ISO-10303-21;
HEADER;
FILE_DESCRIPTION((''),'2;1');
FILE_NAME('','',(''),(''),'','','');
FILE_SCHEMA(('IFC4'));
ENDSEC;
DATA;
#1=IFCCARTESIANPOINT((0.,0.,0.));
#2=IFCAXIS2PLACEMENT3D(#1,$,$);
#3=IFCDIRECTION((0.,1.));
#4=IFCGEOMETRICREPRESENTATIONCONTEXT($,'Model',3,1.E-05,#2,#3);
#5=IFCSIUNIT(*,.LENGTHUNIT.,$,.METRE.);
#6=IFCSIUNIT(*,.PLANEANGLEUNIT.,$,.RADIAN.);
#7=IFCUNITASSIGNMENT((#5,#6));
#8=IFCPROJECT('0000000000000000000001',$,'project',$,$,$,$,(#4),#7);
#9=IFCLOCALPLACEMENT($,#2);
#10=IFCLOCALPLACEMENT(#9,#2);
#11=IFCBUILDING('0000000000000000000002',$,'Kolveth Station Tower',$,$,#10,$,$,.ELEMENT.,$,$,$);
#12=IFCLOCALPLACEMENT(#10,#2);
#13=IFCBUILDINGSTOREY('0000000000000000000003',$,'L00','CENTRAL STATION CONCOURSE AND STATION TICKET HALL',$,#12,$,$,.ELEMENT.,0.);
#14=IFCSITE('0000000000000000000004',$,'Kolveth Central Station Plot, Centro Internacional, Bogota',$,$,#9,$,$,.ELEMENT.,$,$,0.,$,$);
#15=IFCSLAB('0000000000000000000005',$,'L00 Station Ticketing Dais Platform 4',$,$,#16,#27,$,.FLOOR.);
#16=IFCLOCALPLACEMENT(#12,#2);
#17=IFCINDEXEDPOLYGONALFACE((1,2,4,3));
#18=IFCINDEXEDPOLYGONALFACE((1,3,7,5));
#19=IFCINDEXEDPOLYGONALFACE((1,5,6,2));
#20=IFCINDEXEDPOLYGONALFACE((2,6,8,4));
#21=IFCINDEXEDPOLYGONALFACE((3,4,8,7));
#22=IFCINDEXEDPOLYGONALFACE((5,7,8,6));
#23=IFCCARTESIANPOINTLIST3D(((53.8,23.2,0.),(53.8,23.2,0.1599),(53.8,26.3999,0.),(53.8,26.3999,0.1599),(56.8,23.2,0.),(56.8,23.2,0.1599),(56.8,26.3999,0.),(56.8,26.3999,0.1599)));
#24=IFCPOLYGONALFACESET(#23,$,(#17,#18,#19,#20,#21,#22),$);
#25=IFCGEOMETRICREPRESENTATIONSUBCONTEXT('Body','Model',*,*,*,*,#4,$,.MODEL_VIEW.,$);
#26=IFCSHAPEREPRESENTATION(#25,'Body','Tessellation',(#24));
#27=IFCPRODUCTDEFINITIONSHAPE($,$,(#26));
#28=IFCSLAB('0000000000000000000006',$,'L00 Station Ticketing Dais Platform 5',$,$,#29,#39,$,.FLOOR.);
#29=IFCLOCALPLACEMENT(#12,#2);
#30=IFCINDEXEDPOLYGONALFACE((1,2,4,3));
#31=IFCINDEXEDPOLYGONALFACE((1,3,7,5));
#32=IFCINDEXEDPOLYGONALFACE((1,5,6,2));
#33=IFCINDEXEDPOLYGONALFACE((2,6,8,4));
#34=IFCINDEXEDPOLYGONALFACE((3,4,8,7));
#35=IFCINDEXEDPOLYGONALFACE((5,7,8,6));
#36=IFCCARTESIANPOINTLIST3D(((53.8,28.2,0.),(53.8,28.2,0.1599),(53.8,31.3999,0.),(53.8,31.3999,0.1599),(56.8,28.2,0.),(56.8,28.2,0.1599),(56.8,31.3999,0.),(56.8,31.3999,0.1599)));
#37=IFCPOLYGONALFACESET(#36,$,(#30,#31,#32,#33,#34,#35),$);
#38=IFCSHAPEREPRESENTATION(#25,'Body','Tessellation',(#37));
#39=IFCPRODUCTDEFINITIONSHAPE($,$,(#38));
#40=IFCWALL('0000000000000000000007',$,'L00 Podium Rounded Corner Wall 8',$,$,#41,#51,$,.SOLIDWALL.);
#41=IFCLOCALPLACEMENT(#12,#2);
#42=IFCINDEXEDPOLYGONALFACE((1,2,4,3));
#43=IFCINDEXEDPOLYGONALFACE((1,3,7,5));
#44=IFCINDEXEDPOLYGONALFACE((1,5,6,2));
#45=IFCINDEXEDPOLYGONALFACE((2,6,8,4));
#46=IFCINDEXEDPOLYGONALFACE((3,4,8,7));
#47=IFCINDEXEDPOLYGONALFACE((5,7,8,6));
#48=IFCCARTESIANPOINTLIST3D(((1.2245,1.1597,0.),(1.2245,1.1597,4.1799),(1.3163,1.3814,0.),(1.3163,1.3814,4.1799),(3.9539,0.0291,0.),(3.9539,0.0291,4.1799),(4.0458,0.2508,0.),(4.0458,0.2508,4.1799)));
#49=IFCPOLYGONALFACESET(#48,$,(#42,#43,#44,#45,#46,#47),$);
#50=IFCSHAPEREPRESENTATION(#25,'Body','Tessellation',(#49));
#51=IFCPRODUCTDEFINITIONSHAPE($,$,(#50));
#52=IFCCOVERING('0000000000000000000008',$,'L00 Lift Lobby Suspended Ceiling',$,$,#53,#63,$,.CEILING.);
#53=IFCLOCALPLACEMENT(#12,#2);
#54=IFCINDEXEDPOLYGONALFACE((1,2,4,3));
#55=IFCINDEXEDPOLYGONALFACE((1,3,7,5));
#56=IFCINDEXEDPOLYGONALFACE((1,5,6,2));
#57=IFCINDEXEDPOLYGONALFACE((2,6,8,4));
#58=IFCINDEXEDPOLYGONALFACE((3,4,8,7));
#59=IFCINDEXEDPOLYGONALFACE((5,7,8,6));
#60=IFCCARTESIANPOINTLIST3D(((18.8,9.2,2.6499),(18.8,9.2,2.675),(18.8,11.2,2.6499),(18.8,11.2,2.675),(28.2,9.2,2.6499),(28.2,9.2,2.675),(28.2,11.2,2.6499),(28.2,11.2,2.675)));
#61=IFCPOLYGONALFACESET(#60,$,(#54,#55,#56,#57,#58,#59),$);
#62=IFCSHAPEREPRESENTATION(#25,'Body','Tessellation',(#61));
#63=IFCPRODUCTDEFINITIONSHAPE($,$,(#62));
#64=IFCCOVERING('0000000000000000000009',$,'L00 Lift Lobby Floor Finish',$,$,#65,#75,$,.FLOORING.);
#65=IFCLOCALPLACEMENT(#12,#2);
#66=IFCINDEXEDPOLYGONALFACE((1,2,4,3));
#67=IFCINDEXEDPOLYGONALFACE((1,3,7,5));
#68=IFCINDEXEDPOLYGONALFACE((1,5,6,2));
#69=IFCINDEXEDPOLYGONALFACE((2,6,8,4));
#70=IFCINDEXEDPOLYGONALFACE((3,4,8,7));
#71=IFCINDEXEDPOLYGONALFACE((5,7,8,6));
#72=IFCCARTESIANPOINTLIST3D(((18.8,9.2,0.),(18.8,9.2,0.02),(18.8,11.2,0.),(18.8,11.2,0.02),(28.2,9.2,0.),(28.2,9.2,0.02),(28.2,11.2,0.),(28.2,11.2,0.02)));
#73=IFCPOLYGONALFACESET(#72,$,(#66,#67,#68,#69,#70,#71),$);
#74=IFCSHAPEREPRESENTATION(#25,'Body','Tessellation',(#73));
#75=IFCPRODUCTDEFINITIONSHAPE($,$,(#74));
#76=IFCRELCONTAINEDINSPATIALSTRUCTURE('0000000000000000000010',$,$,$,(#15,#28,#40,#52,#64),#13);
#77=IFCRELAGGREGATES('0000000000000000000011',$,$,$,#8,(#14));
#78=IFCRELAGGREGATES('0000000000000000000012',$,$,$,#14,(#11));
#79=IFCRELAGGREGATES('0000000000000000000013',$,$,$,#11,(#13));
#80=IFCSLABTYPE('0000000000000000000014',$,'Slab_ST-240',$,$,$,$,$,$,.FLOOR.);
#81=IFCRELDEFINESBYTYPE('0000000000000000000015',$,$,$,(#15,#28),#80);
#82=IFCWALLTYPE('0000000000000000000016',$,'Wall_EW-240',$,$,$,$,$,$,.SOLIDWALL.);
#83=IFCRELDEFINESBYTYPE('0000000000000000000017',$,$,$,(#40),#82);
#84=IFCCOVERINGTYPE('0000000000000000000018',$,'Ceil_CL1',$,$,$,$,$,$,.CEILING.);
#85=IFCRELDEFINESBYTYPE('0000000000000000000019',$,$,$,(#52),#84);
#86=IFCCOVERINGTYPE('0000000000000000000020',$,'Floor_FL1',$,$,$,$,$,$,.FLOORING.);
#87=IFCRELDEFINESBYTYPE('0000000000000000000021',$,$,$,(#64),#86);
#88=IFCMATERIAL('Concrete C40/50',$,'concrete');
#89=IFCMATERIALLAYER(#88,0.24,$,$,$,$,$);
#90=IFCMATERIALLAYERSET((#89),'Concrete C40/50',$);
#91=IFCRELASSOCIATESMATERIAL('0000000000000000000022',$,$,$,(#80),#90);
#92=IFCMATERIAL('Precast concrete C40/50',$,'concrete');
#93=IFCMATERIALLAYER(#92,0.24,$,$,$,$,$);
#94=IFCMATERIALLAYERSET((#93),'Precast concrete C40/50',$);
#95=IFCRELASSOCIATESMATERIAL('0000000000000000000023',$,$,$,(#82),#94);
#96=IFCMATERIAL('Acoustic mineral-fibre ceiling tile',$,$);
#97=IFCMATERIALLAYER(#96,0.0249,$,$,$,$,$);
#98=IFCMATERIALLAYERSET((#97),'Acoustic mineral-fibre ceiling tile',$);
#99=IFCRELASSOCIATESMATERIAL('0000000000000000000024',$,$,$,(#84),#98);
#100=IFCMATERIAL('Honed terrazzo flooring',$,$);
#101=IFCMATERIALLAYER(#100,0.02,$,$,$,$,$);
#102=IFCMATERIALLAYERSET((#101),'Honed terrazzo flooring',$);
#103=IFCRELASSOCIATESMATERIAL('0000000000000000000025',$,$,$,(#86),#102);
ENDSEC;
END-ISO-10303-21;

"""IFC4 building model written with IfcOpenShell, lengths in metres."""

from ifc_helpers import new_model, si_unit, direction, frame, frame_2d, origin, place, context, subcontext, project, spatial, polyline, rectangle, outline, extrude, material, layer, layer_set, type_object, element, save


model = new_model("IFC4")

# Units and contexts
model_context = context("Model", 3, precision=1e-05, world=origin(), true_north=direction((0.0, 1.0)))
body_context = subcontext(model_context, "Body", "Model", "MODEL_VIEW")
ifc_project = project(units=[si_unit("LENGTHUNIT", "METRE"), si_unit("PLANEANGLEUNIT", "RADIAN")], contexts=[model_context])

# Site, building, storey
site_placement = place(None, origin())
site = spatial("IfcSite", under=ifc_project, at=site_placement, Name="Kolveth Central Station Plot, Centro Internacional, Bogota", CompositionType="ELEMENT", RefElevation=0.0)
building_placement = place(site_placement, origin())
building = spatial("IfcBuilding", under=site, at=building_placement, Name="Kolveth Station Tower", CompositionType="ELEMENT")
storey_placement = place(building_placement, origin())
storey = spatial("IfcBuildingStorey", under=building, at=storey_placement, Name="L00", Description="CENTRAL STATION CONCOURSE AND STATION TICKET HALL", CompositionType="ELEMENT", Elevation=0.0)

# Slabs
ifc_material_1 = material(Name="Concrete C40/50", Category="concrete")
ifc_layer_1 = layer(ifc_material_1, 0.24)
ifc_layer_set_1 = layer_set([ifc_layer_1], Name="Concrete C40/50")
slab_type = type_object("IfcSlabType", Name="Slab_ST-240", PredefinedType="FLOOR", material=ifc_layer_set_1)
slab_1_placement = place(storey_placement, origin())
element("IfcSlab", 1, at=slab_1_placement, inside=storey, type_object=slab_type, Name="L00 Station Ticketing Dais Platform 4", PredefinedType="FLOOR", context=body_context, shape_type="SweptSolid", body=[
    extrude(outline(polyline([(53.8, 23.2), (56.8, 23.2), (56.8, 26.3999), (53.8, 26.3999), (53.8, 23.2)])), origin(), (0.0, 0.0, 1.0), 0.1599),
])
slab_2_placement = place(storey_placement, origin())
element("IfcSlab", 2, at=slab_2_placement, inside=storey, type_object=slab_type, Name="L00 Station Ticketing Dais Platform 5", PredefinedType="FLOOR", context=body_context, shape_type="SweptSolid", body=[
    extrude(outline(polyline([(53.8, 28.2), (56.8, 28.2), (56.8, 31.3999), (53.8, 31.3999), (53.8, 28.2)])), origin(), (0.0, 0.0, 1.0), 0.1599),
])

# Wall
ifc_material_2 = material(Name="Precast concrete C40/50", Category="concrete")
ifc_layer_2 = layer(ifc_material_2, 0.24)
ifc_layer_set_2 = layer_set([ifc_layer_2], Name="Precast concrete C40/50")
wall_type = type_object("IfcWallType", Name="Wall_EW-240", PredefinedType="SOLIDWALL", material=ifc_layer_set_2)
wall_placement = place(storey_placement, frame((1.2705, 1.2705, 0.0), z_axis=(0.0, 0.0, 1.0), x_axis=(0.923877, -0.38269, 0.0)))
element("IfcWall", 3, at=wall_placement, inside=storey, type_object=wall_type, Name="L00 Podium Rounded Corner Wall 8", PredefinedType="SOLIDWALL", context=body_context, shape_type="SweptSolid", body=[
    extrude(rectangle(XDim=2.9543, YDim=0.24, at=frame_2d((1.4771, 0.0))), origin(), (0.0, 0.0, 1.0), 4.1799),
])

# Coverings
ifc_material_3 = material(Name="Acoustic mineral-fibre ceiling tile")
ifc_layer_3 = layer(ifc_material_3, 0.0249)
ifc_layer_set_3 = layer_set([ifc_layer_3], Name="Acoustic mineral-fibre ceiling tile")
covering_type_1 = type_object("IfcCoveringType", Name="Ceil_CL1", PredefinedType="CEILING", material=ifc_layer_set_3)
covering_1_placement = place(storey_placement, frame((0.0, 0.0, 2.6499)))
element("IfcCovering", 4, at=covering_1_placement, inside=storey, type_object=covering_type_1, Name="L00 Lift Lobby Suspended Ceiling", PredefinedType="CEILING", context=body_context, shape_type="SweptSolid", body=[
    extrude(outline(polyline([(18.8, 9.2), (28.2, 9.2), (28.2, 11.2), (18.8, 11.2), (18.8, 9.2)])), origin(), (0.0, 0.0, 1.0), 0.0251),
])
ifc_material_4 = material(Name="Honed terrazzo flooring")
ifc_layer_4 = layer(ifc_material_4, 0.02)
ifc_layer_set_4 = layer_set([ifc_layer_4], Name="Honed terrazzo flooring")
covering_type_2 = type_object("IfcCoveringType", Name="Floor_FL1", PredefinedType="FLOORING", material=ifc_layer_set_4)
covering_2_placement = place(storey_placement, origin())
element("IfcCovering", 5, at=covering_2_placement, inside=storey, type_object=covering_type_2, Name="L00 Lift Lobby Floor Finish", PredefinedType="FLOORING", context=body_context, shape_type="SweptSolid", body=[
    extrude(outline(polyline([(18.8, 9.2), (28.2, 9.2), (28.2, 11.2), (18.8, 11.2), (18.8, 9.2)])), origin(), (0.0, 0.0, 1.0), 0.02),
])

save(model, "model.ifc")
